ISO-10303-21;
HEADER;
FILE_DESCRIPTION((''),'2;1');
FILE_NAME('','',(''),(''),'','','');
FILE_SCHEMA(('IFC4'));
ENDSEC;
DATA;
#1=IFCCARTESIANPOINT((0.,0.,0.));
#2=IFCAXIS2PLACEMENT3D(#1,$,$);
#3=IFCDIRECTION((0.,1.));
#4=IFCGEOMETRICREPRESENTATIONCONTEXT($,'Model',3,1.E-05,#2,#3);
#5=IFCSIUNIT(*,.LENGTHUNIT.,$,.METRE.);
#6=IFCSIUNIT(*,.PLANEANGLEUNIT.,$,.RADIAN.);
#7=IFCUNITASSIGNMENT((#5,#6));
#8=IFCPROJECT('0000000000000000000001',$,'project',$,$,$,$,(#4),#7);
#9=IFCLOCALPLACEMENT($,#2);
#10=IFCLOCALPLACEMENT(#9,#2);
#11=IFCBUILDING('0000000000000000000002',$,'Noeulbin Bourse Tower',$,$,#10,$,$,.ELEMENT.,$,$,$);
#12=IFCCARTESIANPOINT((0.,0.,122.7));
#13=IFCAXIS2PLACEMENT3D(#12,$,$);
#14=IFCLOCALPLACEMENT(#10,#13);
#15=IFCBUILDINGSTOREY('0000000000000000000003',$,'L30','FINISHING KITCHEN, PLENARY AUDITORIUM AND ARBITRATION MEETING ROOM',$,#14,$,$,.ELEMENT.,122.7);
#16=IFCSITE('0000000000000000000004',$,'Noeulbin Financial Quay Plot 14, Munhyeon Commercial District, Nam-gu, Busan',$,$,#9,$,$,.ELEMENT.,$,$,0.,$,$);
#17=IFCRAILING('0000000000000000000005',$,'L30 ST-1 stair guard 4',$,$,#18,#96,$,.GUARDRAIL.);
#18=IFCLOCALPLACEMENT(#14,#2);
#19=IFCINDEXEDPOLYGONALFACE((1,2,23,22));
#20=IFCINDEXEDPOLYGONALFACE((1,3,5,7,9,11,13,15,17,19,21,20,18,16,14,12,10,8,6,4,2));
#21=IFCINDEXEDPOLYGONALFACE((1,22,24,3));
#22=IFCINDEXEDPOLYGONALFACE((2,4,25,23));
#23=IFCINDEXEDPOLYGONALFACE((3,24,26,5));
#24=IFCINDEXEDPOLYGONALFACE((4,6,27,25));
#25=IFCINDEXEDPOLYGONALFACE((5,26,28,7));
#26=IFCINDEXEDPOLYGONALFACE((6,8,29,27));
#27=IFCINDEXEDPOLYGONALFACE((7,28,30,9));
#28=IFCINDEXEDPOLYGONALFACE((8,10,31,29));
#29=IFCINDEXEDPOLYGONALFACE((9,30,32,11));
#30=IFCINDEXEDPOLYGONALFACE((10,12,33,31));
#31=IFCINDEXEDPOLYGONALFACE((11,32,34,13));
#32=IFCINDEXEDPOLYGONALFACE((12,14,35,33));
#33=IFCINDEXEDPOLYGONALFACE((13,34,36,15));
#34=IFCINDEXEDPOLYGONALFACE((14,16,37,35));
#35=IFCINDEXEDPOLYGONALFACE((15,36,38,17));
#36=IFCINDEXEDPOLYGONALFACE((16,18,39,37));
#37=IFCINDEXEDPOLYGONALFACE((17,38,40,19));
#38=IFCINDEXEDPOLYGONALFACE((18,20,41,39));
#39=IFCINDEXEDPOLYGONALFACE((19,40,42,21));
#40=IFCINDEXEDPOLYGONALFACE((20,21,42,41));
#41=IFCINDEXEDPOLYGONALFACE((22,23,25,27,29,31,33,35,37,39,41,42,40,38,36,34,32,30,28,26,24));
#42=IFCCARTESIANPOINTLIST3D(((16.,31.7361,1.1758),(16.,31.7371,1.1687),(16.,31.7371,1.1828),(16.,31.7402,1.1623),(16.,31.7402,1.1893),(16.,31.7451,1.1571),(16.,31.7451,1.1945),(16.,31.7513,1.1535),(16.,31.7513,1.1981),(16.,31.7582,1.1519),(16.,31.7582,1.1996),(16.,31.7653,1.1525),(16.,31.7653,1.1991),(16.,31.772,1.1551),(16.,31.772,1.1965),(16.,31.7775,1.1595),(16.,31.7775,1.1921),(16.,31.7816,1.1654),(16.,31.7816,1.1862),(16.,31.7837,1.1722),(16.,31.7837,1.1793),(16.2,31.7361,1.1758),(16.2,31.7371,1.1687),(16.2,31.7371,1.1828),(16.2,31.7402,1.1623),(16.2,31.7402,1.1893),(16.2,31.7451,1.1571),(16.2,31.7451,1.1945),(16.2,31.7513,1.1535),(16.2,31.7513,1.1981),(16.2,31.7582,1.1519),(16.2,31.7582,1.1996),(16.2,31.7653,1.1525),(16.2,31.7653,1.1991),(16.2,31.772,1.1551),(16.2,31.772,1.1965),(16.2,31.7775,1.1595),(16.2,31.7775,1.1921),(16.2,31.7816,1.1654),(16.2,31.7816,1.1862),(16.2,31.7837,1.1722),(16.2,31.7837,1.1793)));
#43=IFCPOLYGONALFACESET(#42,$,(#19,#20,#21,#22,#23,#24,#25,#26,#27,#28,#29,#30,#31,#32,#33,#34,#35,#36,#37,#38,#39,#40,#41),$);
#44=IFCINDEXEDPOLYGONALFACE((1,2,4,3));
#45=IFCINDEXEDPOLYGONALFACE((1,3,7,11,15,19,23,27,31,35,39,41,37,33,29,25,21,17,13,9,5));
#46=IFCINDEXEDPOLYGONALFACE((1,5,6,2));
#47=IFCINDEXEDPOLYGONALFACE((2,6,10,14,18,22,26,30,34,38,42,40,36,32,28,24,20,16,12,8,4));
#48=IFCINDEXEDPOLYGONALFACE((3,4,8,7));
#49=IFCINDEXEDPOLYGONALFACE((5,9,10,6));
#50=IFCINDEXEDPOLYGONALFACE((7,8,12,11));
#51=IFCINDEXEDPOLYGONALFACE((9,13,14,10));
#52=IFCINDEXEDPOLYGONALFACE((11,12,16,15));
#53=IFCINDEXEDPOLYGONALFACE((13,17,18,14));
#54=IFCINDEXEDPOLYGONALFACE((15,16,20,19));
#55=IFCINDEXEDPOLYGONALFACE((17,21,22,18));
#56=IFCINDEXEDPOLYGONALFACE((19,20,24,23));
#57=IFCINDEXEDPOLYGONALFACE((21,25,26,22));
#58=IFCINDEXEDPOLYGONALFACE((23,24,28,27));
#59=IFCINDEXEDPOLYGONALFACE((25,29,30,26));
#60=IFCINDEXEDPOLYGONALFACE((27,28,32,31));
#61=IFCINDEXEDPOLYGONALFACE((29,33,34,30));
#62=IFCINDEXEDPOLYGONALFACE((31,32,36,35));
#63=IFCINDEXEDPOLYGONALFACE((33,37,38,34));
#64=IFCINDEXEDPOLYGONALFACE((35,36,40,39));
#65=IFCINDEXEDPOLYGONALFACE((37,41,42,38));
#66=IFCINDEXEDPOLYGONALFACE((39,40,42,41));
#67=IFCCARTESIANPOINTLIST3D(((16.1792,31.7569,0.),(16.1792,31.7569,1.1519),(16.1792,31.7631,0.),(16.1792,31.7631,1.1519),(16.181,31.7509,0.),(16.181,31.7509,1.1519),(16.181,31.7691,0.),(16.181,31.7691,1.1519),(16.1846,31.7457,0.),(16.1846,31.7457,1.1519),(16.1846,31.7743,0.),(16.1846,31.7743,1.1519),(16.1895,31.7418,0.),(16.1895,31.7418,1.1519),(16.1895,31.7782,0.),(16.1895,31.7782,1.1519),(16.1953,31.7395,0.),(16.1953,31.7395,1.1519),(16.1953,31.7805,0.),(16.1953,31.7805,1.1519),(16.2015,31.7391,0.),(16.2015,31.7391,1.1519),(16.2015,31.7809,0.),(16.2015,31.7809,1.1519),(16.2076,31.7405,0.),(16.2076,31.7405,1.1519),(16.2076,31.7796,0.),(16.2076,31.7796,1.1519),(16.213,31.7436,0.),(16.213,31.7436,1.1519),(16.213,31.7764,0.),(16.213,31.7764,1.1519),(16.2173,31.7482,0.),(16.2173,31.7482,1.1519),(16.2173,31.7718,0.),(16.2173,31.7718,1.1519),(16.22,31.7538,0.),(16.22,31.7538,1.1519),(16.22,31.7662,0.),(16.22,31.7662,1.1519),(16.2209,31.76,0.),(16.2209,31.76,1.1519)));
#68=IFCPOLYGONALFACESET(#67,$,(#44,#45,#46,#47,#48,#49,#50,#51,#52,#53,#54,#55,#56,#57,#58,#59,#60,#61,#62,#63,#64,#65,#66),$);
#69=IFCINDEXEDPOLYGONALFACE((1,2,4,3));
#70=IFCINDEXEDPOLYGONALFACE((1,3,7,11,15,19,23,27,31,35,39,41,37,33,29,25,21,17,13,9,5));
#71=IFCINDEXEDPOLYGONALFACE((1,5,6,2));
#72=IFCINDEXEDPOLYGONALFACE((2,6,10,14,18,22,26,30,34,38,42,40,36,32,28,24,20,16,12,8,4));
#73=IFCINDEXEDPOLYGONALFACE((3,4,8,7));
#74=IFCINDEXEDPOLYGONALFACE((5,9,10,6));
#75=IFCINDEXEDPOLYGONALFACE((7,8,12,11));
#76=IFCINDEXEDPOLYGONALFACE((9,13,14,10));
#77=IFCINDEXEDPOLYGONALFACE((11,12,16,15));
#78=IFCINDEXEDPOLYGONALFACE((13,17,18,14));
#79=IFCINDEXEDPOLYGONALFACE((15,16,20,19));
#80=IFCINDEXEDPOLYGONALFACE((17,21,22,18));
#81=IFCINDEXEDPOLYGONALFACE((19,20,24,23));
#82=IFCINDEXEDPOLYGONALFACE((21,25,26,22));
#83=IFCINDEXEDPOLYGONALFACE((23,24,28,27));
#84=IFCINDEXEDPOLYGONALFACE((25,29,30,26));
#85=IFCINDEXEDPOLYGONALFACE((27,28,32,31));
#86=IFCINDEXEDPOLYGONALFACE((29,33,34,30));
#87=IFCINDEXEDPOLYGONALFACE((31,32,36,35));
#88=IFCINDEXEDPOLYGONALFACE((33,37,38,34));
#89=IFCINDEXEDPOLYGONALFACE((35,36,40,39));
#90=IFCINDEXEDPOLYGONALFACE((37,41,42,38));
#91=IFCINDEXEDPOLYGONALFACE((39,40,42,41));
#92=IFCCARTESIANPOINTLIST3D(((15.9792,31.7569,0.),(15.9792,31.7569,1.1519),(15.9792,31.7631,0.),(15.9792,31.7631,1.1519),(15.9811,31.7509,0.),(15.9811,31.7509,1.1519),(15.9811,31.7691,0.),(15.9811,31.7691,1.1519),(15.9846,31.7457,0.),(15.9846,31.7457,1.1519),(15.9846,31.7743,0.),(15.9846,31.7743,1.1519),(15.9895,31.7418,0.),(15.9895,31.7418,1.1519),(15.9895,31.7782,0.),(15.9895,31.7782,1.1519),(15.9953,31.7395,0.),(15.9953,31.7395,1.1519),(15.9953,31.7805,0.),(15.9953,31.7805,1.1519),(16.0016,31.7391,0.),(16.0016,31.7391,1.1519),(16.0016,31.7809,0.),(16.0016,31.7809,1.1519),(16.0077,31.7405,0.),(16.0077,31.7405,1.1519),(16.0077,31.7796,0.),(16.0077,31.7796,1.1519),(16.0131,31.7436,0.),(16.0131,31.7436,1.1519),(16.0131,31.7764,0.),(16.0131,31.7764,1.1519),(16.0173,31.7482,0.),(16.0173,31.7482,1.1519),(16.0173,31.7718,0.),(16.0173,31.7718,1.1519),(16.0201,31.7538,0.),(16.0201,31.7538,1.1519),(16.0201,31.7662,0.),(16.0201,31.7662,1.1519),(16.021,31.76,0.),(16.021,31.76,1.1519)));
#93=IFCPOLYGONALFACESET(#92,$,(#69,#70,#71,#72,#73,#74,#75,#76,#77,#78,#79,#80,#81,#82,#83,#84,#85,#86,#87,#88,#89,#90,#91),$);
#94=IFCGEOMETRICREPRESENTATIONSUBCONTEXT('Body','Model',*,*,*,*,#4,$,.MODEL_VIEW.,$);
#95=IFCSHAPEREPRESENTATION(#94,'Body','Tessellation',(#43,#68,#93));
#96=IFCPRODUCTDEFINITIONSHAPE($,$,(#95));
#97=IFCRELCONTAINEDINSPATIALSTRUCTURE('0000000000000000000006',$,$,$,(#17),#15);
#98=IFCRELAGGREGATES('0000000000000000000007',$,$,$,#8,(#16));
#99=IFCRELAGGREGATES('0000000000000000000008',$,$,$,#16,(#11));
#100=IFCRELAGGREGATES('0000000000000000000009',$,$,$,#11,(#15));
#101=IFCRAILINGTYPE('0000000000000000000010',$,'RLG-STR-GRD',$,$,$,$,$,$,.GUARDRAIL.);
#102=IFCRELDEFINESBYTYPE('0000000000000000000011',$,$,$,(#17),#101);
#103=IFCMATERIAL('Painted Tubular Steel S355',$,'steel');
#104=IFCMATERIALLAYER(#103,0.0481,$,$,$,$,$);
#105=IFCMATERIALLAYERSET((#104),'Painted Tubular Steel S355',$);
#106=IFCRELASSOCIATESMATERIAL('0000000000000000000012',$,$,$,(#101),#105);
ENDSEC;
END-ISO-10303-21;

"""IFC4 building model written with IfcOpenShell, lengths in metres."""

from ifc_helpers import new_model, si_unit, direction, frame, origin, origin_2d, place, context, subcontext, project, spatial, circle, extrude, material, layer, layer_set, type_object, element, save


model = new_model("IFC4")

# Units and contexts
model_context = context("Model", 3, precision=1e-05, world=origin(), true_north=direction((0.0, 1.0)))
body_context = subcontext(model_context, "Body", "Model", "MODEL_VIEW")
ifc_project = project(units=[si_unit("LENGTHUNIT", "METRE"), si_unit("PLANEANGLEUNIT", "RADIAN")], contexts=[model_context])

# Site, building, storey
site_placement = place(None, origin())
site = spatial("IfcSite", under=ifc_project, at=site_placement, Name="Noeulbin Financial Quay Plot 14, Munhyeon Commercial District, Nam-gu, Busan", CompositionType="ELEMENT", RefElevation=0.0)
building_placement = place(site_placement, origin())
building = spatial("IfcBuilding", under=site, at=building_placement, Name="Noeulbin Bourse Tower", CompositionType="ELEMENT")
storey_placement = place(building_placement, frame((0.0, 0.0, 122.7)))
storey = spatial("IfcBuildingStorey", under=building, at=storey_placement, Name="L30", Description="FINISHING KITCHEN, PLENARY AUDITORIUM AND ARBITRATION MEETING ROOM", CompositionType="ELEMENT", Elevation=122.7)

# Railing
ifc_material_1 = material(Name="Painted Tubular Steel S355", Category="steel")
ifc_layer_1 = layer(ifc_material_1, 0.0481)
ifc_layer_set_1 = layer_set([ifc_layer_1], Name="Painted Tubular Steel S355")
railing_type_1 = type_object("IfcRailingType", Name="RLG-STR-GRD", PredefinedType="GUARDRAIL", material=ifc_layer_set_1)
railing_1_placement = place(storey_placement, frame((16.2, 31.76, 0.0)))
element("IfcRailing", 1, at=railing_1_placement, inside=storey, type_object=railing_type_1, Name="L30 ST-1 stair guard 4", PredefinedType="GUARDRAIL", context=body_context, shape_type="SweptSolid", body=[
    extrude(circle(Radius=0.0239, at=origin_2d()), frame((0.0, 0.0, 1.1758), z_axis=(-1.0, 0.0, 0.0), x_axis=(0.0, -1.0, 0.0)), (0.0, 0.0, 1.0), 0.2),
    extrude(circle(Radius=0.021, at=origin_2d()), origin(), (0.0, 0.0, 1.0), 1.1519),
    extrude(circle(Radius=0.021, at=origin_2d()), frame((-0.2, 0.0, 0.0)), (0.0, 0.0, 1.0), 1.1519),
])

save(model, "model.ifc")
